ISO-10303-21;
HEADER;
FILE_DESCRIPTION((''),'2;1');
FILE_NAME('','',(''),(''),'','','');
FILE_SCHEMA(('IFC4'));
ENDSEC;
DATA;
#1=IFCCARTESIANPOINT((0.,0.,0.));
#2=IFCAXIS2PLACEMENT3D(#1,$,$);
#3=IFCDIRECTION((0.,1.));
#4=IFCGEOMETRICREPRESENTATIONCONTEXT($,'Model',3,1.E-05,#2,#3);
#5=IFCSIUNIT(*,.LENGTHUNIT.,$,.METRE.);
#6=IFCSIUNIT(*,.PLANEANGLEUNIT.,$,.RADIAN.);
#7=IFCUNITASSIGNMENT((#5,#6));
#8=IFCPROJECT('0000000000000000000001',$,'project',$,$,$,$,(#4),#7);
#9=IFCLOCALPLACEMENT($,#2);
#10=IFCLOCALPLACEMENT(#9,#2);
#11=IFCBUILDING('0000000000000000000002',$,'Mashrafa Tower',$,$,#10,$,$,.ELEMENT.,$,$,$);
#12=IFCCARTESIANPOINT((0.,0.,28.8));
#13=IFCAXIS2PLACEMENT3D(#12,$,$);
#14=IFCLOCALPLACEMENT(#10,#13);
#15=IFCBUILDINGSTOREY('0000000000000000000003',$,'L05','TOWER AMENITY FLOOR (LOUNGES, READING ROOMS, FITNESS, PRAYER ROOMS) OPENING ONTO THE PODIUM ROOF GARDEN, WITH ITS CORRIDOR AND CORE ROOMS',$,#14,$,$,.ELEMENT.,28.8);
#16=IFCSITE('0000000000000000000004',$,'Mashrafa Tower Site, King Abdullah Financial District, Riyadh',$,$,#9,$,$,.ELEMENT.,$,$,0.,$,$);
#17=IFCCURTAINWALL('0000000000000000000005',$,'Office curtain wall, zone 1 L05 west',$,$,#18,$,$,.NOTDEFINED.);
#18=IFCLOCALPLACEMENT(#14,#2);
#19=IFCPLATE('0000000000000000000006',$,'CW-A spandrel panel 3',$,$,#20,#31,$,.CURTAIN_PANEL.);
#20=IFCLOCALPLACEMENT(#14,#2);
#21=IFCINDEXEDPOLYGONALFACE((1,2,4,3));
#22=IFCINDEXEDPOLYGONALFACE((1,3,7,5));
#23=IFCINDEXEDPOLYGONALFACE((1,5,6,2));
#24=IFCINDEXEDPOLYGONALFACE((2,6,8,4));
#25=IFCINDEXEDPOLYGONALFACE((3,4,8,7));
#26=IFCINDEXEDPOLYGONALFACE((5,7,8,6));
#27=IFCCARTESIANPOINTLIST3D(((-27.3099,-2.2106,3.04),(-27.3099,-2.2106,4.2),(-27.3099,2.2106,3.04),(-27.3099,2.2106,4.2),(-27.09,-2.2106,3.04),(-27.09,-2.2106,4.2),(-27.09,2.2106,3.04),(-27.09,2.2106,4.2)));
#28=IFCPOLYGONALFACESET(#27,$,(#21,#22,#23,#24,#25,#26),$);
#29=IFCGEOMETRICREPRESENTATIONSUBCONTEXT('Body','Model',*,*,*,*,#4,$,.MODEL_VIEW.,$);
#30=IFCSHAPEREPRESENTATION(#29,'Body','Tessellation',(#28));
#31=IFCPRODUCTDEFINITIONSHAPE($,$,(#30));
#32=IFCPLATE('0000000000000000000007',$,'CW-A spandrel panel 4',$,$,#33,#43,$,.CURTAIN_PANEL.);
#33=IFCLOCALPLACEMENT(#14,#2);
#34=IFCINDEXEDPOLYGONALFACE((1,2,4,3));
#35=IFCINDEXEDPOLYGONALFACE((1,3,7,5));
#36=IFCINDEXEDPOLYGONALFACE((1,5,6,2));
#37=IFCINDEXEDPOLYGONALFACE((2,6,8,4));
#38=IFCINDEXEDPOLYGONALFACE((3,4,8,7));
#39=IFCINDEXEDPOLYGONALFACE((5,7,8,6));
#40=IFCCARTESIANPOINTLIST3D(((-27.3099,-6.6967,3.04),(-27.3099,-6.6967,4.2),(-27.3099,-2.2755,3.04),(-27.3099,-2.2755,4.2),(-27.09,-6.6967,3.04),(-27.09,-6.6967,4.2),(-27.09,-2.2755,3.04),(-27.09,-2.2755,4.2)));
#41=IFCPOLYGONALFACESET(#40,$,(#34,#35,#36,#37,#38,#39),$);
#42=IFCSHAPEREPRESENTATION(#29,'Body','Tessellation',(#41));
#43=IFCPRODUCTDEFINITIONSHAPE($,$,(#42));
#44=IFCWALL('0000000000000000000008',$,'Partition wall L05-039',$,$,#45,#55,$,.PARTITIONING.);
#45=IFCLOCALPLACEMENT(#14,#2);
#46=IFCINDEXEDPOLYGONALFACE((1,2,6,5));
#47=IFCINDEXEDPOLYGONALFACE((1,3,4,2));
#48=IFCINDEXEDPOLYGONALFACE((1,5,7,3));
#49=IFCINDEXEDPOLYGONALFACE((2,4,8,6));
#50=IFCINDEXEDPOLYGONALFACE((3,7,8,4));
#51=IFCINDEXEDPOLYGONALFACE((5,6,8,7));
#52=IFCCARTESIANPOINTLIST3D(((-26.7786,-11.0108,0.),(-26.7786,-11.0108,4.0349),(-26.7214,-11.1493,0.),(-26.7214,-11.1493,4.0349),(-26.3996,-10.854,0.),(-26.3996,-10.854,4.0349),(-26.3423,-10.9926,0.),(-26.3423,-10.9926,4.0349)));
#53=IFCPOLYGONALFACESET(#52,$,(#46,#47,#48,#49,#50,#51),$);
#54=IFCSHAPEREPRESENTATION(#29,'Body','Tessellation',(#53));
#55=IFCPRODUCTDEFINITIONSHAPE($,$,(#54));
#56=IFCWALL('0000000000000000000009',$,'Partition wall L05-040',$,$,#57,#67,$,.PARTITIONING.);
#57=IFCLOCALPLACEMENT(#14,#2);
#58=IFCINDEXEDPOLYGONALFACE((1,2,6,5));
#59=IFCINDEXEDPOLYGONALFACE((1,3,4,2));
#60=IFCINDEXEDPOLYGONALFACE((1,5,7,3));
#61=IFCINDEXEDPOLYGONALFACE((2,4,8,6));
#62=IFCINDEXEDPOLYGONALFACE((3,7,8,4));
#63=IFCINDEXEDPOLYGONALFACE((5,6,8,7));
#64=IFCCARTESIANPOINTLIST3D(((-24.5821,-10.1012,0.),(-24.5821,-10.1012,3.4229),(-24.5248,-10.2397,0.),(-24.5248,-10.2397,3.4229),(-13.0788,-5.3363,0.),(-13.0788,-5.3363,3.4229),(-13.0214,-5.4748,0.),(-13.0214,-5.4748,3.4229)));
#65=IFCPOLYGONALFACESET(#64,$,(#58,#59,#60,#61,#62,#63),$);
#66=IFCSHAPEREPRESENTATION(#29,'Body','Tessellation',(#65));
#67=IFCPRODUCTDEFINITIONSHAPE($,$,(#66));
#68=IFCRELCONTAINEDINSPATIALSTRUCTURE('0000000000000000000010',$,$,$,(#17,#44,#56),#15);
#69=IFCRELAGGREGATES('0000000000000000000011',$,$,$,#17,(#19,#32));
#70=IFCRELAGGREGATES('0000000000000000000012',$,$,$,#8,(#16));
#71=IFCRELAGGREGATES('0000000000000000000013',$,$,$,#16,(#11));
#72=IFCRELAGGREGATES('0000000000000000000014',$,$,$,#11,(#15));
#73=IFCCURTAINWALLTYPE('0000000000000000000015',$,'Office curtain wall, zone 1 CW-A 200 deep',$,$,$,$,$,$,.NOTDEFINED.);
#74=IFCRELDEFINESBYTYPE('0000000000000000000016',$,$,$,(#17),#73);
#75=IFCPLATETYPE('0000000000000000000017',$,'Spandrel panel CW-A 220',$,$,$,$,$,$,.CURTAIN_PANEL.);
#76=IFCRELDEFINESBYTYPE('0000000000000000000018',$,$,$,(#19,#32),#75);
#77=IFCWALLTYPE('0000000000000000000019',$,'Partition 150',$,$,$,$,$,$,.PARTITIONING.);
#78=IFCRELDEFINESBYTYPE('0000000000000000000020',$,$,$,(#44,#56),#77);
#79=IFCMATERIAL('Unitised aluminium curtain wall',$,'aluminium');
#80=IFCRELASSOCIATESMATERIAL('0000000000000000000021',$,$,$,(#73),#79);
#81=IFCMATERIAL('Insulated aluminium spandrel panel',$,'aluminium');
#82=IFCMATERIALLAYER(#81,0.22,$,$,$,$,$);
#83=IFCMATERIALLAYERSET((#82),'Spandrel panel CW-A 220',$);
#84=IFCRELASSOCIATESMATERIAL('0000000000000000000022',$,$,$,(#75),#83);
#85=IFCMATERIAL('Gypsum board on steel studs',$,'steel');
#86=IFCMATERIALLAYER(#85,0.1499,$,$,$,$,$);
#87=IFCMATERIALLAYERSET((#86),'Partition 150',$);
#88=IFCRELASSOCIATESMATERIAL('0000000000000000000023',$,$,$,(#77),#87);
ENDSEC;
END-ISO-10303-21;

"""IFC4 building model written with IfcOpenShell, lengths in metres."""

from ifc_helpers import new_model, si_unit, direction, frame, frame_2d, origin, origin_2d, place, context, subcontext, project, spatial, rectangle, extrude, source, transform, mapped, material, layer, layer_set, type_object, type_shapes, element, aggregate, save


model = new_model("IFC4")

# Units and contexts
model_context = context("Model", 3, precision=1e-05, world=origin(), true_north=direction((0.0, 1.0)))
body_context = subcontext(model_context, "Body", "Model", "MODEL_VIEW")
ifc_project = project(units=[si_unit("LENGTHUNIT", "METRE"), si_unit("PLANEANGLEUNIT", "RADIAN")], contexts=[model_context])

# Site, building, storey
site_placement = place(None, origin())
site = spatial("IfcSite", under=ifc_project, at=site_placement, Name="Mashrafa Tower Site, King Abdullah Financial District, Riyadh", CompositionType="ELEMENT", RefElevation=0.0)
building_placement = place(site_placement, origin())
building = spatial("IfcBuilding", under=site, at=building_placement, Name="Mashrafa Tower", CompositionType="ELEMENT")
storey_placement = place(building_placement, frame((0.0, 0.0, 28.8)))
storey = spatial("IfcBuildingStorey", under=building, at=storey_placement, Name="L05", Description="TOWER AMENITY FLOOR (LOUNGES, READING ROOMS, FITNESS, PRAYER ROOMS) OPENING ONTO THE PODIUM ROOF GARDEN, WITH ITS CORRIDOR AND CORE ROOMS", CompositionType="ELEMENT", Elevation=28.8)

# Curtain wall
ifc_material_1 = material(Name="Unitised aluminium curtain wall", Category="aluminium")
curtain_wall_type = type_object("IfcCurtainWallType", Name="Office curtain wall, zone 1 CW-A 200 deep", PredefinedType="NOTDEFINED", material=ifc_material_1)
curtain_wall_1_placement = place(storey_placement, origin())
curtain_wall_1 = element("IfcCurtainWall", 1, at=curtain_wall_1_placement, inside=storey, type_object=curtain_wall_type, Name="Office curtain wall, zone 1 L05 west", PredefinedType="NOTDEFINED")

# Plates
ifc_material_2 = material(Name="Insulated aluminium spandrel panel", Category="aluminium")
ifc_layer_1 = layer(ifc_material_2, 0.22)
ifc_layer_set_1 = layer_set([ifc_layer_1], Name="Spandrel panel CW-A 220")
plate_type_1 = type_object("IfcPlateType", Name="Spandrel panel CW-A 220", PredefinedType="CURTAIN_PANEL", material=ifc_layer_set_1)
shared_shape_1 = source(origin(), body_context, "Body", "SweptSolid", [
    extrude(rectangle(XDim=4.4211, YDim=0.22, at=origin_2d()), origin(), (0.0, 0.0, 1.0), 1.1599),
])
type_shapes(plate_type_1, [shared_shape_1])
plate_1_placement = place(storey_placement, frame((-27.2, 0.0, 3.04), z_axis=(0.0, 0.0, 1.0), x_axis=(0.0, -1.0, 0.0)))
plate_1 = element("IfcPlate", 2, at=plate_1_placement, type_object=plate_type_1, Name="CW-A spandrel panel 3", PredefinedType="CURTAIN_PANEL", context=body_context, shape_type="MappedRepresentation", body=[
    mapped(shared_shape_1, transform((0.0, 0.0, 0.0))),
])
plate_2_placement = place(storey_placement, frame((-27.2, -4.4861, 3.04), z_axis=(0.0, 0.0, 1.0), x_axis=(0.0, -1.0, 0.0)))
plate_2 = element("IfcPlate", 3, at=plate_2_placement, type_object=plate_type_1, Name="CW-A spandrel panel 4", PredefinedType="CURTAIN_PANEL", context=body_context, shape_type="MappedRepresentation", body=[
    mapped(shared_shape_1, transform((0.0, 0.0, 0.0))),
])
aggregate(curtain_wall_1, [plate_1, plate_2])

# Walls
ifc_material_3 = material(Name="Gypsum board on steel studs", Category="steel")
ifc_layer_2 = layer(ifc_material_3, 0.1499)
ifc_layer_set_2 = layer_set([ifc_layer_2], Name="Partition 150")
wall_type = type_object("IfcWallType", Name="Partition 150", PredefinedType="PARTITIONING", material=ifc_layer_set_2)
wall_1_placement = place(storey_placement, frame((-26.75, -11.0801, 0.0), z_axis=(0.0, 0.0, 1.0), x_axis=(0.92406, 0.382247, 0.0)))
element("IfcWall", 4, at=wall_1_placement, inside=storey, type_object=wall_type, Name="Partition wall L05-039", PredefinedType="PARTITIONING", context=body_context, shape_type="SweptSolid", body=[
    extrude(rectangle(XDim=0.4102, YDim=0.1499, at=frame_2d((0.2051, 0.0))), origin(), (0.0, 0.0, 1.0), 4.0349),
])
wall_2_placement = place(storey_placement, frame((-24.5535, -10.1704, 0.0), z_axis=(0.0, 0.0, 1.0), x_axis=(0.923879, 0.382685, 0.0)))
element("IfcWall", 5, at=wall_2_placement, inside=storey, type_object=wall_type, Name="Partition wall L05-040", PredefinedType="PARTITIONING", context=body_context, shape_type="SweptSolid", body=[
    extrude(rectangle(XDim=12.4512, YDim=0.1499, at=frame_2d((6.2256, 0.0))), origin(), (0.0, 0.0, 1.0), 3.4229),
])

save(model, "model.ifc")
